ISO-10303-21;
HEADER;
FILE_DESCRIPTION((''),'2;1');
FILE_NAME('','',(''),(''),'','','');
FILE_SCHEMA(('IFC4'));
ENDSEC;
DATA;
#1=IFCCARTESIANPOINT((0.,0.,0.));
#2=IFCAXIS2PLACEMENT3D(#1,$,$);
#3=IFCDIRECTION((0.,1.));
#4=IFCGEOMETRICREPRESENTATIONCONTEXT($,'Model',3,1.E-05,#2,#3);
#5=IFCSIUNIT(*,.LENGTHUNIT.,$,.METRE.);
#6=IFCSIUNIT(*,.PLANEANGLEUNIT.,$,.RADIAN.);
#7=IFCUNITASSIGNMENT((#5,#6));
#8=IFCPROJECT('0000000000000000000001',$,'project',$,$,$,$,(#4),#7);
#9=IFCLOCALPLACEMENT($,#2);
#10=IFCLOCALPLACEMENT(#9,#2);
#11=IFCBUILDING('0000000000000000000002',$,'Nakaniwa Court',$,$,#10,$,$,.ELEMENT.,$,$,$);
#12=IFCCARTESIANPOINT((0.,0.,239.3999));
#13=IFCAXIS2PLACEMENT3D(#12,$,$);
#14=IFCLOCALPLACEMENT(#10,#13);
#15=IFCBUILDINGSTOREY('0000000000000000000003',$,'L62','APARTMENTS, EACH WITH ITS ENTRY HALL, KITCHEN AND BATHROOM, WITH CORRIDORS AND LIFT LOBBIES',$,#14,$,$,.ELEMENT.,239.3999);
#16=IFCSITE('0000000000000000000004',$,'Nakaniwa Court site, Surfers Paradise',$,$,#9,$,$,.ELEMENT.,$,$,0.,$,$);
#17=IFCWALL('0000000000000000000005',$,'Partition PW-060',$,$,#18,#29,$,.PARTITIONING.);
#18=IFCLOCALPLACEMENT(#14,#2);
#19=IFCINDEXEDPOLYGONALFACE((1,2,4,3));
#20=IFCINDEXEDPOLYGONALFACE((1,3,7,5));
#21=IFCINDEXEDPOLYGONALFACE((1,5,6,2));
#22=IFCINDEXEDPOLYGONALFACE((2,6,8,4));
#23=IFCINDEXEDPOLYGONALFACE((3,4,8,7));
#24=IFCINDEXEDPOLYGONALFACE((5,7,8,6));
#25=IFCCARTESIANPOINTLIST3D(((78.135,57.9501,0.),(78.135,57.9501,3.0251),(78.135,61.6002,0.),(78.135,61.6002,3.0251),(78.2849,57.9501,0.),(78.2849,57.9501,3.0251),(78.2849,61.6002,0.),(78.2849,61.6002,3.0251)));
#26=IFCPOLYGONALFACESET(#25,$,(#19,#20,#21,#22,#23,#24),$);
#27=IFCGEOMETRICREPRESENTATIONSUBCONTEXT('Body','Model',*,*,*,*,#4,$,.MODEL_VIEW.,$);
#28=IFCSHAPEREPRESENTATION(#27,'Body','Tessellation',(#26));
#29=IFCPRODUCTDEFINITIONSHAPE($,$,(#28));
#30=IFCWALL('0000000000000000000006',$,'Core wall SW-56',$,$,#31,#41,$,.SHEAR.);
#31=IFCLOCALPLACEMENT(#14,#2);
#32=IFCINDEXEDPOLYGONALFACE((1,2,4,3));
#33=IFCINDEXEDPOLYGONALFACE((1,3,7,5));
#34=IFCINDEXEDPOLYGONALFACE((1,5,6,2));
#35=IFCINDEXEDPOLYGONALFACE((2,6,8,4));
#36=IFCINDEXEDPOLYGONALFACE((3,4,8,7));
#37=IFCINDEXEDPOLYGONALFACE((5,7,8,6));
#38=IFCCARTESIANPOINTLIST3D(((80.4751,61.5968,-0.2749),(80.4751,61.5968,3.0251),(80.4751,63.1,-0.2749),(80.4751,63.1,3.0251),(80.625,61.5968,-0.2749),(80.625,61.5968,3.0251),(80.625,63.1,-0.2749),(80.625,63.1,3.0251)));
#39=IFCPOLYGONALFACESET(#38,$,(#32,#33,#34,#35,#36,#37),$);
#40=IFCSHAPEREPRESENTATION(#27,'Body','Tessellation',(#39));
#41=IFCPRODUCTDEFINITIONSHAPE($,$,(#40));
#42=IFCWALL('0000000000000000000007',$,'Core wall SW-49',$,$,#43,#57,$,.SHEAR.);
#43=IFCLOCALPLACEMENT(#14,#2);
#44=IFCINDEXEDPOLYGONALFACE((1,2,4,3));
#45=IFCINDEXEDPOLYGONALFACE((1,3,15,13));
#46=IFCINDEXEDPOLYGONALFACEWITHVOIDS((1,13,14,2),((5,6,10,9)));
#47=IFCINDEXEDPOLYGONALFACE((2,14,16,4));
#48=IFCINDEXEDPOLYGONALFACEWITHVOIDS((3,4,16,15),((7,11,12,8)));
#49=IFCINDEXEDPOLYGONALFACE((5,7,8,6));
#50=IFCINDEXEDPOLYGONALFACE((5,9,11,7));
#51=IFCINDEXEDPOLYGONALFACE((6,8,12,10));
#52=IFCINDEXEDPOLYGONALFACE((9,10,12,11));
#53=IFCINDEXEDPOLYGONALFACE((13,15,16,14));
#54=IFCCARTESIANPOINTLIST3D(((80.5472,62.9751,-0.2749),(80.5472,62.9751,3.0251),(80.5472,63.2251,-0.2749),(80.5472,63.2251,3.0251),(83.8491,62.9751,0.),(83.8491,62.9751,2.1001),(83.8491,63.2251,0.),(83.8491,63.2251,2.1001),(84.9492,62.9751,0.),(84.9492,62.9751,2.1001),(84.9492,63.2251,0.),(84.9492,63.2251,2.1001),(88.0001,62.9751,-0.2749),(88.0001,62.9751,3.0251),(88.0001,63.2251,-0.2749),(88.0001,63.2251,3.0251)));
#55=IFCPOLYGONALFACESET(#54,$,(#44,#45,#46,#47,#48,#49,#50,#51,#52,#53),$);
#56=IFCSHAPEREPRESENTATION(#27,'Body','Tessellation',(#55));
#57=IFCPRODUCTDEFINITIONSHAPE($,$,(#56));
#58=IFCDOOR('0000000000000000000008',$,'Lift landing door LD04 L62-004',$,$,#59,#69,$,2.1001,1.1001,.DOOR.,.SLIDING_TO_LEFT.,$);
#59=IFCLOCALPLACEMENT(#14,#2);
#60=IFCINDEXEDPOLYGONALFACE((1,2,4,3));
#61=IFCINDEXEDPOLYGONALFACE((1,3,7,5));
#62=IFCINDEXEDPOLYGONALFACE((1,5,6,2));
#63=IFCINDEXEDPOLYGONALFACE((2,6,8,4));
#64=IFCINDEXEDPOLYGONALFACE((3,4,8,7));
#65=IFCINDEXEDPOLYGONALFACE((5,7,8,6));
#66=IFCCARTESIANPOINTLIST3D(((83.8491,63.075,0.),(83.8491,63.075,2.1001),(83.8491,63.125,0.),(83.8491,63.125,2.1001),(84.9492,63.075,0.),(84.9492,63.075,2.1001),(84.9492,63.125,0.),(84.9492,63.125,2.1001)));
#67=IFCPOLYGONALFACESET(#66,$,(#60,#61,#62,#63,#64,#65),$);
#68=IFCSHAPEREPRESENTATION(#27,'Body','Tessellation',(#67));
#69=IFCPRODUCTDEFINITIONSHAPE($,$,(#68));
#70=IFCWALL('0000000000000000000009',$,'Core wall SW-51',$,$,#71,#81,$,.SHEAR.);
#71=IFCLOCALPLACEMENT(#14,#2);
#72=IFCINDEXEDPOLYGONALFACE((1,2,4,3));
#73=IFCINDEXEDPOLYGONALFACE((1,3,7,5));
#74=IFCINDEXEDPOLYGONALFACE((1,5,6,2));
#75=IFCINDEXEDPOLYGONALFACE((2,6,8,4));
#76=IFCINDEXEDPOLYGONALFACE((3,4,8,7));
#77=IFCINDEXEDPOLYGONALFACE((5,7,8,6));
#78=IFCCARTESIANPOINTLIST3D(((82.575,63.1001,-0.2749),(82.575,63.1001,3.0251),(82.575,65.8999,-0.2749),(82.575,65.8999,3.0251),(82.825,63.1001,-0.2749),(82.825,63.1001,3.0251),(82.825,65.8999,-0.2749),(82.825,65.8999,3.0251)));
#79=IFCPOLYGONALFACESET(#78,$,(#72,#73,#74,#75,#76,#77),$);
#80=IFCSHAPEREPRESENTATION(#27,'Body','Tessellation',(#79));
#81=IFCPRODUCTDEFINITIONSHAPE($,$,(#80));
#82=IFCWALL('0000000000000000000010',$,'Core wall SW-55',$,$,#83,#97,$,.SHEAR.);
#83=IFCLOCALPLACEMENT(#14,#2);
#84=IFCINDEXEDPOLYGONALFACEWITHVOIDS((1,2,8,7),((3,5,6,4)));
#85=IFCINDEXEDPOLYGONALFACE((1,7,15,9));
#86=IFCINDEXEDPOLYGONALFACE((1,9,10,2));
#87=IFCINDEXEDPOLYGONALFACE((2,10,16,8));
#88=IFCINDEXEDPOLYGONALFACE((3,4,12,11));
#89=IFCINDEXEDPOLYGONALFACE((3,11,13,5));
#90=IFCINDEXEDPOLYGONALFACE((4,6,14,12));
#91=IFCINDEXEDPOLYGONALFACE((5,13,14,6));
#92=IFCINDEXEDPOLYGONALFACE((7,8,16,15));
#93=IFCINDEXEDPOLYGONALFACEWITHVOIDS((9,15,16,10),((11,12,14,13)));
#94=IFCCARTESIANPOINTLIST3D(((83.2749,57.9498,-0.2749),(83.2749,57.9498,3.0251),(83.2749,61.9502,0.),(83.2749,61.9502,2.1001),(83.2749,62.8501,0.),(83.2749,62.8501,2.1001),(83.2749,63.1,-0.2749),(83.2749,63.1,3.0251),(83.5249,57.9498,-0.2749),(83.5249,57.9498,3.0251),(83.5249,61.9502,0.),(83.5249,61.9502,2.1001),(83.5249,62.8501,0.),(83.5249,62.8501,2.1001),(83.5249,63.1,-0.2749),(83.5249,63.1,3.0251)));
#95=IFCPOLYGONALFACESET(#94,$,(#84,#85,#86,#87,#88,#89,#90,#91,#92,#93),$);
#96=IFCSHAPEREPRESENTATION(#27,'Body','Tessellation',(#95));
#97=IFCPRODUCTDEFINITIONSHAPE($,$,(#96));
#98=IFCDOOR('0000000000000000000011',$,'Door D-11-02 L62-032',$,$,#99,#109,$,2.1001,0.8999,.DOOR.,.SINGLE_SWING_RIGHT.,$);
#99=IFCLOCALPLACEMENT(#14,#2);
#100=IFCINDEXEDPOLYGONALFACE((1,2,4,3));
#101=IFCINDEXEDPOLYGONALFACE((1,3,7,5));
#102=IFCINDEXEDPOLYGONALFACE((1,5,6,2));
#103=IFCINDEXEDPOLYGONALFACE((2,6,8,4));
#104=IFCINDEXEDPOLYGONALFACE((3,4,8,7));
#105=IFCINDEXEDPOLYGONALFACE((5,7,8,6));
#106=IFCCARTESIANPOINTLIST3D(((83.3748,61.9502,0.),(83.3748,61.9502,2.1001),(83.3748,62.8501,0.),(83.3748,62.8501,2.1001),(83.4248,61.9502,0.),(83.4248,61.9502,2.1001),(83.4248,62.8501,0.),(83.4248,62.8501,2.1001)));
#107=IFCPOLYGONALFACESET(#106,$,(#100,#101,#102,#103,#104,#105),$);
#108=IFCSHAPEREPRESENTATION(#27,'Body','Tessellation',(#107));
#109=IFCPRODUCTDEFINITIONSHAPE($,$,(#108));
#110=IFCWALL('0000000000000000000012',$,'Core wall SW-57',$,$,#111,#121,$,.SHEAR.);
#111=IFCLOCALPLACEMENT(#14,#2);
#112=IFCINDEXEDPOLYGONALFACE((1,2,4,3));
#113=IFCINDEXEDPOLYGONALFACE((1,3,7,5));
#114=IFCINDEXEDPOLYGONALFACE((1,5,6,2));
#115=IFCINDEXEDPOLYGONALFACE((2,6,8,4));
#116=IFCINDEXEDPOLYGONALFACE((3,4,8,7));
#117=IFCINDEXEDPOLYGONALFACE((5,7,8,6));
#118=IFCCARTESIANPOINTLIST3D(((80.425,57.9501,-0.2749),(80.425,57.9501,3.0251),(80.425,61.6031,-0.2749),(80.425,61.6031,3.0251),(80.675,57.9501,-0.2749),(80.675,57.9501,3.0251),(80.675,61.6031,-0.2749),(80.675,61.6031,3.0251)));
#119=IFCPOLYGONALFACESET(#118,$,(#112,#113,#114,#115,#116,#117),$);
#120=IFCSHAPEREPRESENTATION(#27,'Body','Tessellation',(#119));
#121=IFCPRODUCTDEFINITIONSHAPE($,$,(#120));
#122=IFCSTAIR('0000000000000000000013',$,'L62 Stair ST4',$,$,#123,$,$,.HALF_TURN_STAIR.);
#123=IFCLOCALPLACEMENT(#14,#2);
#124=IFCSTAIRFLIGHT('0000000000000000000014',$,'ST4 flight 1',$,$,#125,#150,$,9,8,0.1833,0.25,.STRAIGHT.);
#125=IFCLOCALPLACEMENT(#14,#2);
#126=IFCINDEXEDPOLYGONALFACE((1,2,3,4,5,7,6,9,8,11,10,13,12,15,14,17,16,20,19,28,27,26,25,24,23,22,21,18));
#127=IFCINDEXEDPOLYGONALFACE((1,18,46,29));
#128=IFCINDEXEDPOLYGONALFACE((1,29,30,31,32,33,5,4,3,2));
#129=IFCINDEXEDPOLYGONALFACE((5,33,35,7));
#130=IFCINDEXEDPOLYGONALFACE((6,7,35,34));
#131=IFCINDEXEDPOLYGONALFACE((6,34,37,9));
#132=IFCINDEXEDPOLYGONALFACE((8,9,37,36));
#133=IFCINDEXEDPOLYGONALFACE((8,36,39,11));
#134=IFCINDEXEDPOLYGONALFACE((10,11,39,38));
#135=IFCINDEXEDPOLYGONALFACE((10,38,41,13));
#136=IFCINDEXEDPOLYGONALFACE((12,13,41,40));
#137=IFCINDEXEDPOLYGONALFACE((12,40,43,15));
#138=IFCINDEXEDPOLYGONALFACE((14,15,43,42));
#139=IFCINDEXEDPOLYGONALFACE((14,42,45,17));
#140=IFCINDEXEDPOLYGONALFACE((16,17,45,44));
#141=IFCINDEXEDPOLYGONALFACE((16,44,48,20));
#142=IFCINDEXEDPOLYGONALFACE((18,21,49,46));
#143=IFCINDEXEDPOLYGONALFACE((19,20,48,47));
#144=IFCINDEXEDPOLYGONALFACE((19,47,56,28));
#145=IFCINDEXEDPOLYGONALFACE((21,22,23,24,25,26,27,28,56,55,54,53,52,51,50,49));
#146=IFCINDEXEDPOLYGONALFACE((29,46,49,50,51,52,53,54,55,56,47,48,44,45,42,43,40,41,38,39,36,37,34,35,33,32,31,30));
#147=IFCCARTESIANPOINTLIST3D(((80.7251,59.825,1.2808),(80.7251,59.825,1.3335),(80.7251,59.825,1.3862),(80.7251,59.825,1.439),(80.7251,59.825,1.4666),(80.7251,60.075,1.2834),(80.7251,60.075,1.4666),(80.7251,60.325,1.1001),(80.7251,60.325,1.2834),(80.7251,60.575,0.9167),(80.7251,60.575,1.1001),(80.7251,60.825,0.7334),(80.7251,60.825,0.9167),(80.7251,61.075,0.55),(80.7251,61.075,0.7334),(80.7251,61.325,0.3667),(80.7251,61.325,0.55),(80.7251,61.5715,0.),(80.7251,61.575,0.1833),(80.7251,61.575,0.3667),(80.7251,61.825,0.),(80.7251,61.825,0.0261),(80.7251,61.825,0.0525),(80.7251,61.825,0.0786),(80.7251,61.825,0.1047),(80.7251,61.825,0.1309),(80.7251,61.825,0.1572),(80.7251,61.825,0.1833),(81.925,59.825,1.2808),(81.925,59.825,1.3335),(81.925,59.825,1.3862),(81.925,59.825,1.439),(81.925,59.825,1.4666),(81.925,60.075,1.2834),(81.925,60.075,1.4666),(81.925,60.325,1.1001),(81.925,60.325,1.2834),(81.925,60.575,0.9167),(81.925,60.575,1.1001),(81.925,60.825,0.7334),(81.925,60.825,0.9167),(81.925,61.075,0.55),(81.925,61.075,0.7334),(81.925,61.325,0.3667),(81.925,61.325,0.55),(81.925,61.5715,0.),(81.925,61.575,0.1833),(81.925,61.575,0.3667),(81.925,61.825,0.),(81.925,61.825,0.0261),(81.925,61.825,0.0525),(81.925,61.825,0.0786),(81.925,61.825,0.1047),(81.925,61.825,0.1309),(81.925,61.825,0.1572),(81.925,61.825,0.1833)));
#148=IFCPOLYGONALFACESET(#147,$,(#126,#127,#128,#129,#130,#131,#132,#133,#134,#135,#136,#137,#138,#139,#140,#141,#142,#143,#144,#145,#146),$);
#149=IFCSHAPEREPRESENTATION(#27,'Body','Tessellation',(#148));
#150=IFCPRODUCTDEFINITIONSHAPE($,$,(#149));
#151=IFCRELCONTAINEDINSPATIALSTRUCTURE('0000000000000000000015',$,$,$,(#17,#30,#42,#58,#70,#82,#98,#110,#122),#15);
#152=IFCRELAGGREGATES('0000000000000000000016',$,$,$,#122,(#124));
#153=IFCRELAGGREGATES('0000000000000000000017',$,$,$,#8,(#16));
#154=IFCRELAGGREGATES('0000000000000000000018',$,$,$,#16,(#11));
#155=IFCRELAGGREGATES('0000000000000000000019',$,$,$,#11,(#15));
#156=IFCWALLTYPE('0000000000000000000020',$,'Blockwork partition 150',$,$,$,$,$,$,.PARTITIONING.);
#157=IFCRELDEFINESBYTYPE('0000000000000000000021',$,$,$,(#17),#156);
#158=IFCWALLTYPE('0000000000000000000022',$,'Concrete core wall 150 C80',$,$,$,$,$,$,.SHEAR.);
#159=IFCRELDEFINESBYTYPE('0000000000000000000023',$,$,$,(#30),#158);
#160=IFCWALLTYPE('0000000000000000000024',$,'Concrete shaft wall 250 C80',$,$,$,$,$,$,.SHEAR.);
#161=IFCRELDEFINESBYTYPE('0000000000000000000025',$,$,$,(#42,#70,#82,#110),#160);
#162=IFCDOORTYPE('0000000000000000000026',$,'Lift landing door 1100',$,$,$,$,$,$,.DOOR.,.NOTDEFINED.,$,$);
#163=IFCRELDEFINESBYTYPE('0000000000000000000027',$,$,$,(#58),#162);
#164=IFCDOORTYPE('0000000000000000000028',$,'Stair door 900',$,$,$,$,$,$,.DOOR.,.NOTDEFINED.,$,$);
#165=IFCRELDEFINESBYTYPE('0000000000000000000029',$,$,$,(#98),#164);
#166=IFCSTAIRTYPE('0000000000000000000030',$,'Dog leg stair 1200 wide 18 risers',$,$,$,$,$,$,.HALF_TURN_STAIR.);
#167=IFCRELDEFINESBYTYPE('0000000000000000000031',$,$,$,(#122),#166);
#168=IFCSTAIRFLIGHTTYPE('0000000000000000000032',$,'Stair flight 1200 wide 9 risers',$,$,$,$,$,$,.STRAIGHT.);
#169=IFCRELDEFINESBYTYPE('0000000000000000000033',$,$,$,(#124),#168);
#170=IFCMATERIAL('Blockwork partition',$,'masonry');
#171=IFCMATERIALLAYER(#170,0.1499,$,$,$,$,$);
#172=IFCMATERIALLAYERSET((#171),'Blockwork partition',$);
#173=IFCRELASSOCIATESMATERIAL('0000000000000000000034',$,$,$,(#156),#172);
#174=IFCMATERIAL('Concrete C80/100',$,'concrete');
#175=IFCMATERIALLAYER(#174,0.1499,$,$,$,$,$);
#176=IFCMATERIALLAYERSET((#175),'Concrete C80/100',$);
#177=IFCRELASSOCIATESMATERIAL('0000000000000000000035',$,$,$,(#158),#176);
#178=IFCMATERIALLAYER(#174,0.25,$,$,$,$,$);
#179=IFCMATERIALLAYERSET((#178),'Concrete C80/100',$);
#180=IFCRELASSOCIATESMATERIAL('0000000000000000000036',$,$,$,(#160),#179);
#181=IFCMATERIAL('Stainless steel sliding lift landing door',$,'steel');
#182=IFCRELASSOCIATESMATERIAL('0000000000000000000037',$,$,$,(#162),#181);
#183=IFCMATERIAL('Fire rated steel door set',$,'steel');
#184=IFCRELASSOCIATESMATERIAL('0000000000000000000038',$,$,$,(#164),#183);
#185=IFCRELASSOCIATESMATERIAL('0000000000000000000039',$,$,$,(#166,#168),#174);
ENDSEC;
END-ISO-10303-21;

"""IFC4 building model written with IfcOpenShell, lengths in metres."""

from ifc_helpers import new_model, si_unit, direction, frame, frame_2d, origin, place, context, subcontext, project, spatial, polyline, rectangle, outline, extrude, material, layer, layer_set, type_object, element, fill, aggregate, save


model = new_model("IFC4")

# Units and contexts
model_context = context("Model", 3, precision=1e-05, world=origin(), true_north=direction((0.0, 1.0)))
body_context = subcontext(model_context, "Body", "Model", "MODEL_VIEW")
ifc_project = project(units=[si_unit("LENGTHUNIT", "METRE"), si_unit("PLANEANGLEUNIT", "RADIAN")], contexts=[model_context])

# Site, building, storey
site_placement = place(None, origin())
site = spatial("IfcSite", under=ifc_project, at=site_placement, Name="Nakaniwa Court site, Surfers Paradise", CompositionType="ELEMENT", RefElevation=0.0)
building_placement = place(site_placement, origin())
building = spatial("IfcBuilding", under=site, at=building_placement, Name="Nakaniwa Court", CompositionType="ELEMENT")
storey_placement = place(building_placement, frame((0.0, 0.0, 239.3999)))
storey = spatial("IfcBuildingStorey", under=building, at=storey_placement, Name="L62", Description="APARTMENTS, EACH WITH ITS ENTRY HALL, KITCHEN AND BATHROOM, WITH CORRIDORS AND LIFT LOBBIES", CompositionType="ELEMENT", Elevation=239.3999)

# Shared definitions
ifc_material_1 = material(Name="Blockwork partition", Category="masonry")
ifc_layer_1 = layer(ifc_material_1, 0.1499)
ifc_layer_set_1 = layer_set([ifc_layer_1], Name="Blockwork partition")
wall_type_1 = type_object("IfcWallType", Name="Blockwork partition 150", PredefinedType="PARTITIONING", material=ifc_layer_set_1)

# Shared definitions
ifc_material_2 = material(Name="Fire rated steel door set", Category="steel")

# Walls
wall_1_placement = place(storey_placement, frame((78.21, 57.95, 0.0), z_axis=(0.0, 0.0, 1.0), x_axis=(0.0, 1.0, 0.0)))
element("IfcWall", 1, at=wall_1_placement, inside=storey, type_object=wall_type_1, Name="Partition PW-060", PredefinedType="PARTITIONING", context=body_context, shape_type="SweptSolid", body=[
    extrude(rectangle(XDim=3.6501, YDim=0.1499, at=frame_2d((1.8252, 0.0))), origin(), (0.0, 0.0, 1.0), 3.0251),
])
ifc_material_3 = material(Name="Concrete C80/100", Category="concrete")
ifc_layer_2 = layer(ifc_material_3, 0.1499)
ifc_layer_set_2 = layer_set([ifc_layer_2], Name="Concrete C80/100")
wall_type_2 = type_object("IfcWallType", Name="Concrete core wall 150 C80", PredefinedType="SHEAR", material=ifc_layer_set_2)
wall_2_placement = place(storey_placement, frame((80.55, 61.5969, -0.2749), z_axis=(0.0, 0.0, 1.0), x_axis=(0.0, 1.0, 0.0)))
element("IfcWall", 2, at=wall_2_placement, inside=storey, type_object=wall_type_2, Name="Core wall SW-56", PredefinedType="SHEAR", context=body_context, shape_type="SweptSolid", body=[
    extrude(rectangle(XDim=1.5032, YDim=0.1499, at=frame_2d((0.7515, 0.0))), origin(), (0.0, 0.0, 1.0), 3.3),
])

# Wall, opening, door
ifc_layer_3 = layer(ifc_material_3, 0.25)
ifc_layer_set_3 = layer_set([ifc_layer_3], Name="Concrete C80/100")
wall_type_3 = type_object("IfcWallType", Name="Concrete shaft wall 250 C80", PredefinedType="SHEAR", material=ifc_layer_set_3)
wall_3_placement = place(storey_placement, frame((80.5471, 63.1001, -0.2749), z_axis=(0.0, 0.0, 1.0), x_axis=(1.0, 0.0, 0.0)))
wall_3 = element("IfcWall", 3, at=wall_3_placement, inside=storey, type_object=wall_type_3, Name="Core wall SW-49", PredefinedType="SHEAR", context=body_context, shape_type="SweptSolid", body=[
    extrude(rectangle(XDim=7.4529, YDim=0.25, at=frame_2d((3.7266, 0.0))), origin(), (0.0, 0.0, 1.0), 3.3),
])
opening_1_placement = place(wall_3_placement, frame((3.302, 0.0, 0.2749)))
opening_1 = element("IfcOpeningElement", 4, at=opening_1_placement, cuts=wall_3, PredefinedType="OPENING", context=body_context, shape_type="SweptSolid", body=[
    extrude(rectangle(XDim=1.1001, YDim=2.1001, at=frame_2d((0.55, 1.05))), frame((0.0, 0.135, 0.0), z_axis=(0.0, -1.0, 0.0), x_axis=(1.0, 0.0, 0.0)), (0.0, 0.0, 1.0), 0.27),
])
ifc_material_4 = material(Name="Stainless steel sliding lift landing door", Category="steel")
door_type_1 = type_object("IfcDoorType", Name="Lift landing door 1100", OperationType="NOTDEFINED", PredefinedType="DOOR", material=ifc_material_4)
door_1_placement = place(opening_1_placement, origin())
door_1 = element("IfcDoor", 5, at=door_1_placement, inside=storey, type_object=door_type_1, Name="Lift landing door LD04 L62-004", OperationType="SLIDING_TO_LEFT", OverallHeight=2.1001, OverallWidth=1.1001, PredefinedType="DOOR", context=body_context, shape_type="SweptSolid", body=[
    extrude(rectangle(XDim=1.1001, YDim=2.1001, at=frame_2d((0.55, 1.05))), frame((0.0, 0.0249, 0.0), z_axis=(0.0, -1.0, 0.0), x_axis=(1.0, 0.0, 0.0)), (0.0, 0.0, 1.0), 0.05),
])
fill(opening_1, door_1)

# Wall
wall_4_placement = place(storey_placement, frame((82.7, 63.1001, -0.2749), z_axis=(0.0, 0.0, 1.0), x_axis=(0.0, 1.0, 0.0)))
element("IfcWall", 6, at=wall_4_placement, inside=storey, type_object=wall_type_3, Name="Core wall SW-51", PredefinedType="SHEAR", context=body_context, shape_type="SweptSolid", body=[
    extrude(rectangle(XDim=2.7998, YDim=0.25, at=frame_2d((1.3999, 0.0))), origin(), (0.0, 0.0, 1.0), 3.3),
])

# Wall, opening, door
wall_5_placement = place(storey_placement, frame((83.3999, 63.1001, -0.2749), z_axis=(0.0, 0.0, 1.0), x_axis=(0.0, -1.0, 0.0)))
wall_5 = element("IfcWall", 7, at=wall_5_placement, inside=storey, type_object=wall_type_3, Name="Core wall SW-55", PredefinedType="SHEAR", context=body_context, shape_type="SweptSolid", body=[
    extrude(rectangle(XDim=5.1501, YDim=0.25, at=frame_2d((2.5752, 0.0))), origin(), (0.0, 0.0, 1.0), 3.3),
])
opening_2_placement = place(wall_5_placement, frame((0.25, 0.0, 0.2749)))
opening_2 = element("IfcOpeningElement", 8, at=opening_2_placement, cuts=wall_5, PredefinedType="OPENING", context=body_context, shape_type="SweptSolid", body=[
    extrude(rectangle(XDim=0.8999, YDim=2.1001, at=frame_2d((0.45, 1.05))), frame((0.0, 0.135, 0.0), z_axis=(0.0, -1.0, 0.0), x_axis=(1.0, 0.0, 0.0)), (0.0, 0.0, 1.0), 0.27),
])
door_type_2 = type_object("IfcDoorType", Name="Stair door 900", OperationType="NOTDEFINED", PredefinedType="DOOR", material=ifc_material_2)
door_2_placement = place(opening_2_placement, origin())
door_2 = element("IfcDoor", 9, at=door_2_placement, inside=storey, type_object=door_type_2, Name="Door D-11-02 L62-032", OperationType="SINGLE_SWING_RIGHT", OverallHeight=2.1001, OverallWidth=0.8999, PredefinedType="DOOR", context=body_context, shape_type="SweptSolid", body=[
    extrude(rectangle(XDim=0.8999, YDim=2.1001, at=frame_2d((0.45, 1.05))), frame((0.0, 0.0249, 0.0), z_axis=(0.0, -1.0, 0.0), x_axis=(1.0, 0.0, 0.0)), (0.0, 0.0, 1.0), 0.05),
])
fill(opening_2, door_2)

# Wall
wall_6_placement = place(storey_placement, frame((80.55, 57.95, -0.2749), z_axis=(0.0, 0.0, 1.0), x_axis=(0.0, 1.0, 0.0)))
element("IfcWall", 10, at=wall_6_placement, inside=storey, type_object=wall_type_3, Name="Core wall SW-57", PredefinedType="SHEAR", context=body_context, shape_type="SweptSolid", body=[
    extrude(rectangle(XDim=3.6531, YDim=0.25, at=frame_2d((1.8267, 0.0))), origin(), (0.0, 0.0, 1.0), 3.3),
])

# Stair, stair flight
stair_type = type_object("IfcStairType", Name="Dog leg stair 1200 wide 18 risers", PredefinedType="HALF_TURN_STAIR", material=ifc_material_3)
stair_placement = place(storey_placement, origin())
stair = element("IfcStair", 11, at=stair_placement, inside=storey, type_object=stair_type, Name="L62 Stair ST4", PredefinedType="HALF_TURN_STAIR")
stair_flight_type = type_object("IfcStairFlightType", Name="Stair flight 1200 wide 9 risers", PredefinedType="STRAIGHT", material=ifc_material_3)
stair_flight_1_placement = place(storey_placement, frame((81.325, 61.825, 0.0), z_axis=(0.0, 0.0, 1.0), x_axis=(0.0, -1.0, 0.0)))
stair_flight_1 = element("IfcStairFlight", 12, at=stair_flight_1_placement, type_object=stair_flight_type, Name="ST4 flight 1", NumberOfRisers=9, NumberOfTreads=8, PredefinedType="STRAIGHT", RiserHeight=0.1833, TreadLength=0.25, context=body_context, shape_type="SweptSolid", body=[
    extrude(outline(polyline([(0.0, 0.0), (0.0, 0.0261), (0.0, 0.0525), (0.0, 0.0786), (0.0, 0.1047), (0.0, 0.1309), (0.0, 0.1572), (0.0, 0.1833), (0.25, 0.1833), (0.25, 0.3667), (0.5, 0.3667), (0.5, 0.55), (0.75, 0.55), (0.75, 0.7334), (1.0, 0.7334), (1.0, 0.9167), (1.25, 0.9167), (1.25, 1.1001), (1.5, 1.1001), (1.5, 1.2834), (1.75, 1.2834), (1.75, 1.4666), (2.0, 1.4666), (2.0, 1.6499), (2.0, 1.5972), (2.0, 1.5444), (2.0, 1.4917), (2.0, 1.439), (2.0, 1.3862), (2.0, 1.3335), (2.0, 1.2808), (0.2534, 0.0), (0.0, 0.0)])), frame((0.0, 0.6001, 0.0), z_axis=(0.0, -1.0, 0.0), x_axis=(1.0, 0.0, 0.0)), (0.0, 0.0, 1.0), 1.2),
])
aggregate(stair, [stair_flight_1])

save(model, "model.ifc")
